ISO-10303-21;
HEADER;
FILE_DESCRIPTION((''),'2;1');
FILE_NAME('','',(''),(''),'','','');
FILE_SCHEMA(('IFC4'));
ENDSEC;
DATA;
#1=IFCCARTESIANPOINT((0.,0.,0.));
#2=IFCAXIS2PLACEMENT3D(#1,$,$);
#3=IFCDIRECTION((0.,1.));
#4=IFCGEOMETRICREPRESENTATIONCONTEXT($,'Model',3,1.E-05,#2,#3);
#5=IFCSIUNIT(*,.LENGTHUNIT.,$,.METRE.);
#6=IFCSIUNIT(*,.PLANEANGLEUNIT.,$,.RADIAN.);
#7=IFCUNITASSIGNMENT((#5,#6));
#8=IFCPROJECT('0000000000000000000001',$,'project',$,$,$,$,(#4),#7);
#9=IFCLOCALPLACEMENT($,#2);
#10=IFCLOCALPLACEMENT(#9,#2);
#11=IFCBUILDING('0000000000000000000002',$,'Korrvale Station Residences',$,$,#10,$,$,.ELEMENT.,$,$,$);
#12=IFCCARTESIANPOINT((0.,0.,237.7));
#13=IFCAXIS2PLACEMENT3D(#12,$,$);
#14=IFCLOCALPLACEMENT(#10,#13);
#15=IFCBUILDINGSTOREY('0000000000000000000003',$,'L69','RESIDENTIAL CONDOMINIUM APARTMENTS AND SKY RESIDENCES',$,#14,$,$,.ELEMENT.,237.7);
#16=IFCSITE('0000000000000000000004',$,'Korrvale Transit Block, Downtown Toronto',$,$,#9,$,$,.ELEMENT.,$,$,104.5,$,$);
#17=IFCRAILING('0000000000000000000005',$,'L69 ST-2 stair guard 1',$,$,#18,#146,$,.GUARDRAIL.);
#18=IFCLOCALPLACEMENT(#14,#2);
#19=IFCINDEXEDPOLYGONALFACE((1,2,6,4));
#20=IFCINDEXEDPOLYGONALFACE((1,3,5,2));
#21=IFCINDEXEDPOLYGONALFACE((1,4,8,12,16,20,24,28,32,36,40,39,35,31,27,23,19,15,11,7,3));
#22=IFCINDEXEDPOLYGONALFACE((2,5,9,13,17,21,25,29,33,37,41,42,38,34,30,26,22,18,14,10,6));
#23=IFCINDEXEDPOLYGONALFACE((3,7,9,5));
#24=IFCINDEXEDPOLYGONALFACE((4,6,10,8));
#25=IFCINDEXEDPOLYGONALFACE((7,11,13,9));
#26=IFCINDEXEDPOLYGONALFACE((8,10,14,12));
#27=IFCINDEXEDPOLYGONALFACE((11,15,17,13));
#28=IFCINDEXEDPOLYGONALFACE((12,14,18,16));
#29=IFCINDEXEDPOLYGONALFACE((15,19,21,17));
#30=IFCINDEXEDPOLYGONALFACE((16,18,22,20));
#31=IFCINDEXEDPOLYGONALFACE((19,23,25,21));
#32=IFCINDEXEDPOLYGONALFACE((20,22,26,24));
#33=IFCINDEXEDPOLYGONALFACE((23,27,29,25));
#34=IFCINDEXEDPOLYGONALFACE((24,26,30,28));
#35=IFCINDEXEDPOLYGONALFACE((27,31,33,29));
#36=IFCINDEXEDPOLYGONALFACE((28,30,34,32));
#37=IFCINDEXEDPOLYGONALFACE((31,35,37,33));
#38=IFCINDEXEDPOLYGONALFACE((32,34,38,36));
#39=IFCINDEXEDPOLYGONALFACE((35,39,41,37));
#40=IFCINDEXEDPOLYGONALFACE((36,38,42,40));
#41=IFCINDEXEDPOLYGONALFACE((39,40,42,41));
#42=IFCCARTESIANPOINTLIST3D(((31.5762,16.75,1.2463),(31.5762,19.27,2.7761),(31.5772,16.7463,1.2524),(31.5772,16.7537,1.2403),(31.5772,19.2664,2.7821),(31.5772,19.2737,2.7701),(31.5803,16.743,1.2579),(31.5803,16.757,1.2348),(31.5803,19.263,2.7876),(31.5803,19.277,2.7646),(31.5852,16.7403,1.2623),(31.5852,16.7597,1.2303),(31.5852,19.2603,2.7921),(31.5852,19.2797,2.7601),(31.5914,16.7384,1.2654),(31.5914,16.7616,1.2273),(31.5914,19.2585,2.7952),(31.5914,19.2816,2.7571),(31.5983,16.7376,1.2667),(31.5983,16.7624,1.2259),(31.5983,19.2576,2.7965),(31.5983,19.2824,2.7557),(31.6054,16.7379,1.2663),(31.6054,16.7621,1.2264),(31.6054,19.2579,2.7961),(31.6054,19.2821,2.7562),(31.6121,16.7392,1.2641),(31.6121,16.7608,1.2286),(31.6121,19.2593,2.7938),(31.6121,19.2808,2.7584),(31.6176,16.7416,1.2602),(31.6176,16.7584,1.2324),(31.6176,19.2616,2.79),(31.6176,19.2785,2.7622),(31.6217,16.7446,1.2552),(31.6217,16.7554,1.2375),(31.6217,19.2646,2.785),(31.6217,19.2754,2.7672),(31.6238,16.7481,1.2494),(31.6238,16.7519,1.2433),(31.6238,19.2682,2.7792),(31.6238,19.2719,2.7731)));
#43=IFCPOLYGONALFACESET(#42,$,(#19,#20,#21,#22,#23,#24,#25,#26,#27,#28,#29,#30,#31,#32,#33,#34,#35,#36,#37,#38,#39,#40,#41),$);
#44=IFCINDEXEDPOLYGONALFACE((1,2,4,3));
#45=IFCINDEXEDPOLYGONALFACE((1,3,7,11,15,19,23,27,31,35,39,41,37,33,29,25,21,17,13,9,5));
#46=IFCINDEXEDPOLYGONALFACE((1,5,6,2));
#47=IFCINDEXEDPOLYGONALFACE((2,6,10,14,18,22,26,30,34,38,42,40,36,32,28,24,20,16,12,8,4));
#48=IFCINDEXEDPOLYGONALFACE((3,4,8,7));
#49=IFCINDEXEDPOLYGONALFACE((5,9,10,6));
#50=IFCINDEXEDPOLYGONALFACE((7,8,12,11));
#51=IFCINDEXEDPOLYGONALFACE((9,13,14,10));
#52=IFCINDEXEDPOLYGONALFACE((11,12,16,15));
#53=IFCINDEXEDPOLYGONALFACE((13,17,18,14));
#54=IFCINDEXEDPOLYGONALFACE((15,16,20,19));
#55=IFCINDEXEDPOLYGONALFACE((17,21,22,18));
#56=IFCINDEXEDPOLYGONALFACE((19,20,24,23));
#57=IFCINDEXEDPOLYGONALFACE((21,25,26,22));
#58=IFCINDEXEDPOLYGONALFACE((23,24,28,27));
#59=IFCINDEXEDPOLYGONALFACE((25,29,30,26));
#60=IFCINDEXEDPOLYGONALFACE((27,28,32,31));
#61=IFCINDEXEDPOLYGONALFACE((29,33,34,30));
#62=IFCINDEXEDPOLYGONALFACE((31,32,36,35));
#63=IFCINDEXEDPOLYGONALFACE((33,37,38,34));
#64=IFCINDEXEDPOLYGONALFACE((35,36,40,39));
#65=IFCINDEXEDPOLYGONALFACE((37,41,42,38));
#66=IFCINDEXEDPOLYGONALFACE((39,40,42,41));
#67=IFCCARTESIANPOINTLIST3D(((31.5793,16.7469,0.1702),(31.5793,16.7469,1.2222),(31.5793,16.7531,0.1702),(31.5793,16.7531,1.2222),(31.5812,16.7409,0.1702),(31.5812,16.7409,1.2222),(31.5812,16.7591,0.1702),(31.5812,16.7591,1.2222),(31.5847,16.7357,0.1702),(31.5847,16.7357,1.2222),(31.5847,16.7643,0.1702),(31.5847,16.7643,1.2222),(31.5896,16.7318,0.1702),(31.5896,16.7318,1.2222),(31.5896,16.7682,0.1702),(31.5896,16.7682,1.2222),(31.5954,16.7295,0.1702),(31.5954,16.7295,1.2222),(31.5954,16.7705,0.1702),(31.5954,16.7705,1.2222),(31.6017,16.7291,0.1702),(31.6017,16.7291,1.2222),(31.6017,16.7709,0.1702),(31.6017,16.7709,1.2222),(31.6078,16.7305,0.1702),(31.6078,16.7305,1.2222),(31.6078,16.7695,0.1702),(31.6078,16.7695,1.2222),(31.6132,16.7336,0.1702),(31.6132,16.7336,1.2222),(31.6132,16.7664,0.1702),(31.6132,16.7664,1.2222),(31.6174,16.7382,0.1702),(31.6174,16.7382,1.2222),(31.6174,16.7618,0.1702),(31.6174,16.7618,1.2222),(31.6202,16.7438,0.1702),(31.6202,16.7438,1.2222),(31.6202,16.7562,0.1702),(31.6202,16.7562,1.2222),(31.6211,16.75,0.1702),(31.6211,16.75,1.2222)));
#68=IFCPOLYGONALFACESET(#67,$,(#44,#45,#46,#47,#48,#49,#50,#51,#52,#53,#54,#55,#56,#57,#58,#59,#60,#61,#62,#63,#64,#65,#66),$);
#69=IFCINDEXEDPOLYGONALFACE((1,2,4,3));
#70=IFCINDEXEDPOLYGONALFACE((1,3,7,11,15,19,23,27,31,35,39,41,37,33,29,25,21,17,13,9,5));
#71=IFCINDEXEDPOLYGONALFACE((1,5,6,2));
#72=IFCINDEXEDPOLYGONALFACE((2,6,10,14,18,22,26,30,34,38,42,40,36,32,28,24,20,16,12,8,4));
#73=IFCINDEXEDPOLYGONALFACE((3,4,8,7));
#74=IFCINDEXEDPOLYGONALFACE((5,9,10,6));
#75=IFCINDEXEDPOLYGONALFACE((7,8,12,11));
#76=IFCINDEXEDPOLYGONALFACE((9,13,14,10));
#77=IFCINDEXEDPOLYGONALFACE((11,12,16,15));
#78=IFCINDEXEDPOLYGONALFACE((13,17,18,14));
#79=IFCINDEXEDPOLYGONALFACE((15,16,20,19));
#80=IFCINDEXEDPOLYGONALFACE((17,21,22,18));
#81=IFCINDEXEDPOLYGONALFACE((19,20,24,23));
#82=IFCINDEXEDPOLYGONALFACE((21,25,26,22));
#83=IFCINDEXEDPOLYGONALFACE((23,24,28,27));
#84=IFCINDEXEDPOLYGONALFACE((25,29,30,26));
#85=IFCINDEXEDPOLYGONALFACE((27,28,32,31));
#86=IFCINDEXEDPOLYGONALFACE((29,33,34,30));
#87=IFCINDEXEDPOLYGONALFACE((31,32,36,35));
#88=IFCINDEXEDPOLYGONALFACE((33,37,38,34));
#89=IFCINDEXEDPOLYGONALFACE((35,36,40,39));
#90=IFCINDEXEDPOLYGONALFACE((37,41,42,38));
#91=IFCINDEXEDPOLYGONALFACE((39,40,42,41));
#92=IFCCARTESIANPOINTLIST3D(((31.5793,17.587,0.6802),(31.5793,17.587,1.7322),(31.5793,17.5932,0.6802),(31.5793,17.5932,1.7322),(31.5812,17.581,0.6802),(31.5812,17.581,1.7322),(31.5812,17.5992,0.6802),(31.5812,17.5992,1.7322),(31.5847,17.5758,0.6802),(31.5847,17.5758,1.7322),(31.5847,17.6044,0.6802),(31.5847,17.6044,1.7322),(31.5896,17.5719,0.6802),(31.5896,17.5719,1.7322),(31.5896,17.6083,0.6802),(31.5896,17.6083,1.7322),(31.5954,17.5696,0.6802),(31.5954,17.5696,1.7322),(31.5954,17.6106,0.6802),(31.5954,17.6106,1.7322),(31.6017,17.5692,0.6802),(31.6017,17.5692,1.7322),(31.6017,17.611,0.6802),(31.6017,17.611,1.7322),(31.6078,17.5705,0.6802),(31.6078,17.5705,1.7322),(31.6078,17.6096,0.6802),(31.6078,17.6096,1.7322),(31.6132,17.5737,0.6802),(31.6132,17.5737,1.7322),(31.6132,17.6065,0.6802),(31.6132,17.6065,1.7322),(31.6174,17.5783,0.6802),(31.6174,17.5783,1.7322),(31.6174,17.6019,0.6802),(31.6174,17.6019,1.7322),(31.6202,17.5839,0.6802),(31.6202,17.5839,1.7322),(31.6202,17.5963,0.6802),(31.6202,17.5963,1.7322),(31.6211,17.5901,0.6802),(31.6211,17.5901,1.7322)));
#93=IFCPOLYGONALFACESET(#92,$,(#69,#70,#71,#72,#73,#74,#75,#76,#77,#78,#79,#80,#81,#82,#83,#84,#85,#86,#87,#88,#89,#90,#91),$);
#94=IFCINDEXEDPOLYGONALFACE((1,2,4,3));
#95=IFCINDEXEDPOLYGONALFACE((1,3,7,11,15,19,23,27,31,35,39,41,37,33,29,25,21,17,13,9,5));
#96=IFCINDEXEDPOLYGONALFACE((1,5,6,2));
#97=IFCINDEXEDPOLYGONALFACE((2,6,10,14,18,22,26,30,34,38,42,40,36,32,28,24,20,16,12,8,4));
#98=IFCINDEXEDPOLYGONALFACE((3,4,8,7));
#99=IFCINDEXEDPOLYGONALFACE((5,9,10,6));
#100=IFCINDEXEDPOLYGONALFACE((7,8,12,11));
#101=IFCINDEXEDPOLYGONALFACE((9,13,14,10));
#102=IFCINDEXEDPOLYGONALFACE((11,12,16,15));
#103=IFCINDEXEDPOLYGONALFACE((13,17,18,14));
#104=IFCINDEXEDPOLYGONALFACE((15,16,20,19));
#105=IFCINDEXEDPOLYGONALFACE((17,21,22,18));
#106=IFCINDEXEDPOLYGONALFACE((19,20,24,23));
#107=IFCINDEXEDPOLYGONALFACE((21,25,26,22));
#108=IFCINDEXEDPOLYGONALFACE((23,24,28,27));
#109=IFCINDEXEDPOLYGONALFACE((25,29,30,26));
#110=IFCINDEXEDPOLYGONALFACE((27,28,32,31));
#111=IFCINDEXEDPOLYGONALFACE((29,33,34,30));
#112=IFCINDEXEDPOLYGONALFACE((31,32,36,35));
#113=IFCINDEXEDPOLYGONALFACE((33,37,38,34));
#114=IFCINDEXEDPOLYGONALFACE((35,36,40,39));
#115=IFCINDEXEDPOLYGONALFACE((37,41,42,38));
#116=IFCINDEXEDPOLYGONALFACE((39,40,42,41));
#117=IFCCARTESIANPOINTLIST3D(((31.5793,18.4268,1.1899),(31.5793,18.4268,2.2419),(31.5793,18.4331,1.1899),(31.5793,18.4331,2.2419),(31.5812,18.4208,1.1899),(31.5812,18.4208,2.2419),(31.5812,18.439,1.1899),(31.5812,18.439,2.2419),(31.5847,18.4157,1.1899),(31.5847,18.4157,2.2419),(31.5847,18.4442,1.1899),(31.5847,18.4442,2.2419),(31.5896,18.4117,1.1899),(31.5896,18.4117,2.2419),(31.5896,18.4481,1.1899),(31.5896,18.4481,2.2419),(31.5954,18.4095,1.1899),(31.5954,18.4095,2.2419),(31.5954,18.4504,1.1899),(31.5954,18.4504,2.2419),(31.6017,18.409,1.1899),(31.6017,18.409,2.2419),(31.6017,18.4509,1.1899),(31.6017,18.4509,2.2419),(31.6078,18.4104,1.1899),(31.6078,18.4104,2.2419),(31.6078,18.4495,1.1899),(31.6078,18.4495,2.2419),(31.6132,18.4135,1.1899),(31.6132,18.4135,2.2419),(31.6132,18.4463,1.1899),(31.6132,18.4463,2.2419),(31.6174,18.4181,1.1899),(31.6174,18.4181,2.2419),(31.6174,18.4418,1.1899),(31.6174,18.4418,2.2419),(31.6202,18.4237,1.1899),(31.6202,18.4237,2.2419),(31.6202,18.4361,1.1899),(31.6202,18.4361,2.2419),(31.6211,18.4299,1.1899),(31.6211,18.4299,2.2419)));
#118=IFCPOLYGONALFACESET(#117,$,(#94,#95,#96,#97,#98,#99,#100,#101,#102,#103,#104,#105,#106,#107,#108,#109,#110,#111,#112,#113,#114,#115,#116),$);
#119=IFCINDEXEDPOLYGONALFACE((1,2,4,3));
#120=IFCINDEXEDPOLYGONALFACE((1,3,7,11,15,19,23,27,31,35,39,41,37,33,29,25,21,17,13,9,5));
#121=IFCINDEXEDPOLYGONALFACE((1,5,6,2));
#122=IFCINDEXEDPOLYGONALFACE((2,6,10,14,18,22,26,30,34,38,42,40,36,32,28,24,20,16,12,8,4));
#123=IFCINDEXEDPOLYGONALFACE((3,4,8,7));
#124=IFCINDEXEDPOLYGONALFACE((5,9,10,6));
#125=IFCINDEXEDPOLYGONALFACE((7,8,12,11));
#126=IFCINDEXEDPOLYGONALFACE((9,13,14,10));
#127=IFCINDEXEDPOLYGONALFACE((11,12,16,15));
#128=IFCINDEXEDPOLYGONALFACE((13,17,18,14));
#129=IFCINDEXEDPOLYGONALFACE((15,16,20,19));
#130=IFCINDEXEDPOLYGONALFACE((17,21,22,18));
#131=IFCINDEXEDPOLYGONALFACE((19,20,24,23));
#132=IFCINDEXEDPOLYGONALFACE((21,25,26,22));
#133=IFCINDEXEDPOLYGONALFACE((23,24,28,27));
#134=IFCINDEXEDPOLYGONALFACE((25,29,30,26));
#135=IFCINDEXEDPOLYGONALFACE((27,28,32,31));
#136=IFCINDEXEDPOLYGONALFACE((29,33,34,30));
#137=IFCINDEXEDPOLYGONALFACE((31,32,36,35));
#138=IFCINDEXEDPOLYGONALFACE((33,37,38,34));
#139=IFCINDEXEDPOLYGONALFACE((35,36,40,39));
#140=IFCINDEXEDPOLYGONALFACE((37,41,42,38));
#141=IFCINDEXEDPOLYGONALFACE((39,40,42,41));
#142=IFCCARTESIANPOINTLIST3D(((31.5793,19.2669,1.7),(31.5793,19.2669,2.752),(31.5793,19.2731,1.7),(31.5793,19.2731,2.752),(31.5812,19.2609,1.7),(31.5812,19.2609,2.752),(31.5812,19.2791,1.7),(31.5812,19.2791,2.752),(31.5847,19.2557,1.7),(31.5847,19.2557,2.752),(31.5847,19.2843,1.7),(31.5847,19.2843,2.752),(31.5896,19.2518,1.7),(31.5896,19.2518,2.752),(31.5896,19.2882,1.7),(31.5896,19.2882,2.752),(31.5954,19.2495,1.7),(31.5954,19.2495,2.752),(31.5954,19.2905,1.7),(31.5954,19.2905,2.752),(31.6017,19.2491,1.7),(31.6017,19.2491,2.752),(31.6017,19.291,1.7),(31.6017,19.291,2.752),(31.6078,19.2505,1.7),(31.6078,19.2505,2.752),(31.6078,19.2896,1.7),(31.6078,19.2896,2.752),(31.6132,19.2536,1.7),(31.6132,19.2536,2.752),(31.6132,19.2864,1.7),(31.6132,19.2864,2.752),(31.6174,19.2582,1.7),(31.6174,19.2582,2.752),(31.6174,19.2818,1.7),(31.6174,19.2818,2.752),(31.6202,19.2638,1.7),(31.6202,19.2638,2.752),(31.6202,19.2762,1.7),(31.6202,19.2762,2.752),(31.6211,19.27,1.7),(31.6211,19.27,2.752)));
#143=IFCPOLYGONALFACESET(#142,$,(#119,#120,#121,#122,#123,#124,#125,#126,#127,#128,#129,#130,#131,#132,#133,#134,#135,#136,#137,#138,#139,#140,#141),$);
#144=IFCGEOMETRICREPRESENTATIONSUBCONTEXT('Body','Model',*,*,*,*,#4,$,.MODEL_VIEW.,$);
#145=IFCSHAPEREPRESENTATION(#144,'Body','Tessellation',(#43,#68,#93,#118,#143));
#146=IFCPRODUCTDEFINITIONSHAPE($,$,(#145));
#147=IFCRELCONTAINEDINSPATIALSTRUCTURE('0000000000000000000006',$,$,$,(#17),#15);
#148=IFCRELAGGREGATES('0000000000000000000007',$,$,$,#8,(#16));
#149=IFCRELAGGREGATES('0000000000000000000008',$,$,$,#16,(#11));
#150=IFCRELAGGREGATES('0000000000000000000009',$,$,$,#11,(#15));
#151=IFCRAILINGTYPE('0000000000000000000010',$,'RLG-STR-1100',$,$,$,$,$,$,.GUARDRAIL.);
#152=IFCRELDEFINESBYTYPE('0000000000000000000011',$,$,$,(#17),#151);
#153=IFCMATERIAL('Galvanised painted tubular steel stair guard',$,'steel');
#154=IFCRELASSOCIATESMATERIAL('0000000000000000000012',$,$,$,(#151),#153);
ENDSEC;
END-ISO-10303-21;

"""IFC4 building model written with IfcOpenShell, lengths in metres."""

from ifc_helpers import new_model, si_unit, direction, frame, origin, origin_2d, place, context, subcontext, project, spatial, circle, extrude, material, type_object, element, save


model = new_model("IFC4")

# Units and contexts
model_context = context("Model", 3, precision=1e-05, world=origin(), true_north=direction((0.0, 1.0)))
body_context = subcontext(model_context, "Body", "Model", "MODEL_VIEW")
ifc_project = project(units=[si_unit("LENGTHUNIT", "METRE"), si_unit("PLANEANGLEUNIT", "RADIAN")], contexts=[model_context])

# Site, building, storey
site_placement = place(None, origin())
site = spatial("IfcSite", under=ifc_project, at=site_placement, Name="Korrvale Transit Block, Downtown Toronto", CompositionType="ELEMENT", RefElevation=104.5)
building_placement = place(site_placement, origin())
building = spatial("IfcBuilding", under=site, at=building_placement, Name="Korrvale Station Residences", CompositionType="ELEMENT")
storey_placement = place(building_placement, frame((0.0, 0.0, 237.7)))
storey = spatial("IfcBuildingStorey", under=building, at=storey_placement, Name="L69", Description="RESIDENTIAL CONDOMINIUM APARTMENTS AND SKY RESIDENCES", CompositionType="ELEMENT", Elevation=237.7)

# Railing
ifc_material_1 = material(Name="Galvanised painted tubular steel stair guard", Category="steel")
railing_type_1 = type_object("IfcRailingType", Name="RLG-STR-1100", PredefinedType="GUARDRAIL", material=ifc_material_1)
railing_1_placement = place(storey_placement, frame((31.6001, 16.75, 0.1702)))
element("IfcRailing", 1, at=railing_1_placement, inside=storey, type_object=railing_type_1, Name="L69 ST-2 stair guard 1", PredefinedType="GUARDRAIL", context=body_context, shape_type="SweptSolid", body=[
    extrude(circle(Radius=0.0239, at=origin_2d()), frame((0.0, 0.0, 1.0762), z_axis=(0.0, 0.854822, 0.518922), x_axis=(-1.0, 0.0, 0.0)), (0.0, 0.0, 1.0), 2.948),
    extrude(circle(Radius=0.021, at=origin_2d()), origin(), (0.0, 0.0, 1.0), 1.052),
    extrude(circle(Radius=0.021, at=origin_2d()), frame((0.0, 0.8401, 0.51)), (0.0, 0.0, 1.0), 1.052),
    extrude(circle(Radius=0.021, at=origin_2d()), frame((0.0, 1.6799, 1.0198)), (0.0, 0.0, 1.0), 1.052),
    extrude(circle(Radius=0.021, at=origin_2d()), frame((0.0, 2.52, 1.5298)), (0.0, 0.0, 1.0), 1.052),
])

save(model, "model.ifc")
